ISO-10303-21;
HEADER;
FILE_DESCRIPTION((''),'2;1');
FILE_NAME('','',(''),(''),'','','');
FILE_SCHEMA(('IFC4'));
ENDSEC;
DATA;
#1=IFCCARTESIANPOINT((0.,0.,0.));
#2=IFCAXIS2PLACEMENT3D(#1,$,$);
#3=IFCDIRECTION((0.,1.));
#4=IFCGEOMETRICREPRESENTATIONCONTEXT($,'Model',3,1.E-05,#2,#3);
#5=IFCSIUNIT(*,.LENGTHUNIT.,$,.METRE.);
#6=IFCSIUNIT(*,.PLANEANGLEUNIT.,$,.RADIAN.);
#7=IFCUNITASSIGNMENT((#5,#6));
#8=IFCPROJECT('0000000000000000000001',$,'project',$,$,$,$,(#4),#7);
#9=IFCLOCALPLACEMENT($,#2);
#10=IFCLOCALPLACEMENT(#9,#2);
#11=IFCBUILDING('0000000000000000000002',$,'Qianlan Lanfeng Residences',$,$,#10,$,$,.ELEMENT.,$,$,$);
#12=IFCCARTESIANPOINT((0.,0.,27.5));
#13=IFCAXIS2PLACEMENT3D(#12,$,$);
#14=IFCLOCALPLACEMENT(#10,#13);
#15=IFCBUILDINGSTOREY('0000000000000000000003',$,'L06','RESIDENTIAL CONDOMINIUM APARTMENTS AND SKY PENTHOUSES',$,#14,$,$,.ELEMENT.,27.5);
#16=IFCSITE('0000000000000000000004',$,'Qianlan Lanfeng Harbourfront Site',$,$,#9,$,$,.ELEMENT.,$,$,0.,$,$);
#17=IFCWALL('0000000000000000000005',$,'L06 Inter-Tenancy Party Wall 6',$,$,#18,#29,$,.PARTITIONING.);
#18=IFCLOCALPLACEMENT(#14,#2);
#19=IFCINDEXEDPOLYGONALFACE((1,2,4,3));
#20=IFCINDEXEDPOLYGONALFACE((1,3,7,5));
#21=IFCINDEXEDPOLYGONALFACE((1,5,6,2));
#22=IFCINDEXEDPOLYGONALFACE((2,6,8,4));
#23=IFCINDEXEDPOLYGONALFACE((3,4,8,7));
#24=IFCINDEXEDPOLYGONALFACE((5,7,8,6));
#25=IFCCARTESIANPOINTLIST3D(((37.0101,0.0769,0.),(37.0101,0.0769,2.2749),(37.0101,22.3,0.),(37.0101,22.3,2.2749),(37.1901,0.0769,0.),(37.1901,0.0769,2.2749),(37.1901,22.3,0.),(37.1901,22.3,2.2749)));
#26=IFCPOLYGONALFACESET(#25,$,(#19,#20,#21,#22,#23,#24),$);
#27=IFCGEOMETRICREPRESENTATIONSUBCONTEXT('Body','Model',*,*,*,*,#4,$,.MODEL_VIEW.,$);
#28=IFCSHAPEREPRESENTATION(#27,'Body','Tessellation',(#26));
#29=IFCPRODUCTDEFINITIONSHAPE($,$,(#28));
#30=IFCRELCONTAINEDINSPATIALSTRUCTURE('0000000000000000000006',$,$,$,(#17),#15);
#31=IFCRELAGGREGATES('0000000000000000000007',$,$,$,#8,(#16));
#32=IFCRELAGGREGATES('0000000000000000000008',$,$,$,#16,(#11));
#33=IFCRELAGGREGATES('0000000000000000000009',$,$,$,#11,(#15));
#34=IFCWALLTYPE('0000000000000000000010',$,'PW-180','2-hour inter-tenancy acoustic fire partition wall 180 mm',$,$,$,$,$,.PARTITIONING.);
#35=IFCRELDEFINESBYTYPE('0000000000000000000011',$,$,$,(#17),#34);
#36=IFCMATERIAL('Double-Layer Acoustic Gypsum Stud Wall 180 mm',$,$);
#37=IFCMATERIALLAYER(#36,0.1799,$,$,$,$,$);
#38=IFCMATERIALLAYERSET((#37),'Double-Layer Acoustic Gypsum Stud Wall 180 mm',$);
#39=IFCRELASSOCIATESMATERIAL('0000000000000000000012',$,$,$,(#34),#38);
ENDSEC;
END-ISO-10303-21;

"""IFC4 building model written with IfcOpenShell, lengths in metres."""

from ifc_helpers import new_model, si_unit, direction, frame, frame_2d, origin, place, context, subcontext, project, spatial, rectangle, extrude, material, layer, layer_set, type_object, element, save


model = new_model("IFC4")

# Units and contexts
model_context = context("Model", 3, precision=1e-05, world=origin(), true_north=direction((0.0, 1.0)))
body_context = subcontext(model_context, "Body", "Model", "MODEL_VIEW")
ifc_project = project(units=[si_unit("LENGTHUNIT", "METRE"), si_unit("PLANEANGLEUNIT", "RADIAN")], contexts=[model_context])

# Site, building, storey
site_placement = place(None, origin())
site = spatial("IfcSite", under=ifc_project, at=site_placement, Name="Qianlan Lanfeng Harbourfront Site", CompositionType="ELEMENT", RefElevation=0.0)
building_placement = place(site_placement, origin())
building = spatial("IfcBuilding", under=site, at=building_placement, Name="Qianlan Lanfeng Residences", CompositionType="ELEMENT")
storey_placement = place(building_placement, frame((0.0, 0.0, 27.5)))
storey = spatial("IfcBuildingStorey", under=building, at=storey_placement, Name="L06", Description="RESIDENTIAL CONDOMINIUM APARTMENTS AND SKY PENTHOUSES", CompositionType="ELEMENT", Elevation=27.5)

# Wall
ifc_material_1 = material(Name="Double-Layer Acoustic Gypsum Stud Wall 180 mm")
ifc_layer_1 = layer(ifc_material_1, 0.1799)
ifc_layer_set_1 = layer_set([ifc_layer_1], Name="Double-Layer Acoustic Gypsum Stud Wall 180 mm")
wall_type_1 = type_object("IfcWallType", Name="PW-180", Description="2-hour inter-tenancy acoustic fire partition wall 180 mm", PredefinedType="PARTITIONING", material=ifc_layer_set_1)
wall_1_placement = place(storey_placement, frame((37.1001, 0.0769, 0.0), z_axis=(0.0, 0.0, 1.0), x_axis=(0.0, 1.0, 0.0)))
element("IfcWall", 1, at=wall_1_placement, inside=storey, type_object=wall_type_1, Name="L06 Inter-Tenancy Party Wall 6", PredefinedType="PARTITIONING", context=body_context, shape_type="SweptSolid", body=[
    extrude(rectangle(XDim=22.2231, YDim=0.1799, at=frame_2d((11.1116, 0.0))), origin(), (0.0, 0.0, 1.0), 2.2749),
])

save(model, "model.ifc")
